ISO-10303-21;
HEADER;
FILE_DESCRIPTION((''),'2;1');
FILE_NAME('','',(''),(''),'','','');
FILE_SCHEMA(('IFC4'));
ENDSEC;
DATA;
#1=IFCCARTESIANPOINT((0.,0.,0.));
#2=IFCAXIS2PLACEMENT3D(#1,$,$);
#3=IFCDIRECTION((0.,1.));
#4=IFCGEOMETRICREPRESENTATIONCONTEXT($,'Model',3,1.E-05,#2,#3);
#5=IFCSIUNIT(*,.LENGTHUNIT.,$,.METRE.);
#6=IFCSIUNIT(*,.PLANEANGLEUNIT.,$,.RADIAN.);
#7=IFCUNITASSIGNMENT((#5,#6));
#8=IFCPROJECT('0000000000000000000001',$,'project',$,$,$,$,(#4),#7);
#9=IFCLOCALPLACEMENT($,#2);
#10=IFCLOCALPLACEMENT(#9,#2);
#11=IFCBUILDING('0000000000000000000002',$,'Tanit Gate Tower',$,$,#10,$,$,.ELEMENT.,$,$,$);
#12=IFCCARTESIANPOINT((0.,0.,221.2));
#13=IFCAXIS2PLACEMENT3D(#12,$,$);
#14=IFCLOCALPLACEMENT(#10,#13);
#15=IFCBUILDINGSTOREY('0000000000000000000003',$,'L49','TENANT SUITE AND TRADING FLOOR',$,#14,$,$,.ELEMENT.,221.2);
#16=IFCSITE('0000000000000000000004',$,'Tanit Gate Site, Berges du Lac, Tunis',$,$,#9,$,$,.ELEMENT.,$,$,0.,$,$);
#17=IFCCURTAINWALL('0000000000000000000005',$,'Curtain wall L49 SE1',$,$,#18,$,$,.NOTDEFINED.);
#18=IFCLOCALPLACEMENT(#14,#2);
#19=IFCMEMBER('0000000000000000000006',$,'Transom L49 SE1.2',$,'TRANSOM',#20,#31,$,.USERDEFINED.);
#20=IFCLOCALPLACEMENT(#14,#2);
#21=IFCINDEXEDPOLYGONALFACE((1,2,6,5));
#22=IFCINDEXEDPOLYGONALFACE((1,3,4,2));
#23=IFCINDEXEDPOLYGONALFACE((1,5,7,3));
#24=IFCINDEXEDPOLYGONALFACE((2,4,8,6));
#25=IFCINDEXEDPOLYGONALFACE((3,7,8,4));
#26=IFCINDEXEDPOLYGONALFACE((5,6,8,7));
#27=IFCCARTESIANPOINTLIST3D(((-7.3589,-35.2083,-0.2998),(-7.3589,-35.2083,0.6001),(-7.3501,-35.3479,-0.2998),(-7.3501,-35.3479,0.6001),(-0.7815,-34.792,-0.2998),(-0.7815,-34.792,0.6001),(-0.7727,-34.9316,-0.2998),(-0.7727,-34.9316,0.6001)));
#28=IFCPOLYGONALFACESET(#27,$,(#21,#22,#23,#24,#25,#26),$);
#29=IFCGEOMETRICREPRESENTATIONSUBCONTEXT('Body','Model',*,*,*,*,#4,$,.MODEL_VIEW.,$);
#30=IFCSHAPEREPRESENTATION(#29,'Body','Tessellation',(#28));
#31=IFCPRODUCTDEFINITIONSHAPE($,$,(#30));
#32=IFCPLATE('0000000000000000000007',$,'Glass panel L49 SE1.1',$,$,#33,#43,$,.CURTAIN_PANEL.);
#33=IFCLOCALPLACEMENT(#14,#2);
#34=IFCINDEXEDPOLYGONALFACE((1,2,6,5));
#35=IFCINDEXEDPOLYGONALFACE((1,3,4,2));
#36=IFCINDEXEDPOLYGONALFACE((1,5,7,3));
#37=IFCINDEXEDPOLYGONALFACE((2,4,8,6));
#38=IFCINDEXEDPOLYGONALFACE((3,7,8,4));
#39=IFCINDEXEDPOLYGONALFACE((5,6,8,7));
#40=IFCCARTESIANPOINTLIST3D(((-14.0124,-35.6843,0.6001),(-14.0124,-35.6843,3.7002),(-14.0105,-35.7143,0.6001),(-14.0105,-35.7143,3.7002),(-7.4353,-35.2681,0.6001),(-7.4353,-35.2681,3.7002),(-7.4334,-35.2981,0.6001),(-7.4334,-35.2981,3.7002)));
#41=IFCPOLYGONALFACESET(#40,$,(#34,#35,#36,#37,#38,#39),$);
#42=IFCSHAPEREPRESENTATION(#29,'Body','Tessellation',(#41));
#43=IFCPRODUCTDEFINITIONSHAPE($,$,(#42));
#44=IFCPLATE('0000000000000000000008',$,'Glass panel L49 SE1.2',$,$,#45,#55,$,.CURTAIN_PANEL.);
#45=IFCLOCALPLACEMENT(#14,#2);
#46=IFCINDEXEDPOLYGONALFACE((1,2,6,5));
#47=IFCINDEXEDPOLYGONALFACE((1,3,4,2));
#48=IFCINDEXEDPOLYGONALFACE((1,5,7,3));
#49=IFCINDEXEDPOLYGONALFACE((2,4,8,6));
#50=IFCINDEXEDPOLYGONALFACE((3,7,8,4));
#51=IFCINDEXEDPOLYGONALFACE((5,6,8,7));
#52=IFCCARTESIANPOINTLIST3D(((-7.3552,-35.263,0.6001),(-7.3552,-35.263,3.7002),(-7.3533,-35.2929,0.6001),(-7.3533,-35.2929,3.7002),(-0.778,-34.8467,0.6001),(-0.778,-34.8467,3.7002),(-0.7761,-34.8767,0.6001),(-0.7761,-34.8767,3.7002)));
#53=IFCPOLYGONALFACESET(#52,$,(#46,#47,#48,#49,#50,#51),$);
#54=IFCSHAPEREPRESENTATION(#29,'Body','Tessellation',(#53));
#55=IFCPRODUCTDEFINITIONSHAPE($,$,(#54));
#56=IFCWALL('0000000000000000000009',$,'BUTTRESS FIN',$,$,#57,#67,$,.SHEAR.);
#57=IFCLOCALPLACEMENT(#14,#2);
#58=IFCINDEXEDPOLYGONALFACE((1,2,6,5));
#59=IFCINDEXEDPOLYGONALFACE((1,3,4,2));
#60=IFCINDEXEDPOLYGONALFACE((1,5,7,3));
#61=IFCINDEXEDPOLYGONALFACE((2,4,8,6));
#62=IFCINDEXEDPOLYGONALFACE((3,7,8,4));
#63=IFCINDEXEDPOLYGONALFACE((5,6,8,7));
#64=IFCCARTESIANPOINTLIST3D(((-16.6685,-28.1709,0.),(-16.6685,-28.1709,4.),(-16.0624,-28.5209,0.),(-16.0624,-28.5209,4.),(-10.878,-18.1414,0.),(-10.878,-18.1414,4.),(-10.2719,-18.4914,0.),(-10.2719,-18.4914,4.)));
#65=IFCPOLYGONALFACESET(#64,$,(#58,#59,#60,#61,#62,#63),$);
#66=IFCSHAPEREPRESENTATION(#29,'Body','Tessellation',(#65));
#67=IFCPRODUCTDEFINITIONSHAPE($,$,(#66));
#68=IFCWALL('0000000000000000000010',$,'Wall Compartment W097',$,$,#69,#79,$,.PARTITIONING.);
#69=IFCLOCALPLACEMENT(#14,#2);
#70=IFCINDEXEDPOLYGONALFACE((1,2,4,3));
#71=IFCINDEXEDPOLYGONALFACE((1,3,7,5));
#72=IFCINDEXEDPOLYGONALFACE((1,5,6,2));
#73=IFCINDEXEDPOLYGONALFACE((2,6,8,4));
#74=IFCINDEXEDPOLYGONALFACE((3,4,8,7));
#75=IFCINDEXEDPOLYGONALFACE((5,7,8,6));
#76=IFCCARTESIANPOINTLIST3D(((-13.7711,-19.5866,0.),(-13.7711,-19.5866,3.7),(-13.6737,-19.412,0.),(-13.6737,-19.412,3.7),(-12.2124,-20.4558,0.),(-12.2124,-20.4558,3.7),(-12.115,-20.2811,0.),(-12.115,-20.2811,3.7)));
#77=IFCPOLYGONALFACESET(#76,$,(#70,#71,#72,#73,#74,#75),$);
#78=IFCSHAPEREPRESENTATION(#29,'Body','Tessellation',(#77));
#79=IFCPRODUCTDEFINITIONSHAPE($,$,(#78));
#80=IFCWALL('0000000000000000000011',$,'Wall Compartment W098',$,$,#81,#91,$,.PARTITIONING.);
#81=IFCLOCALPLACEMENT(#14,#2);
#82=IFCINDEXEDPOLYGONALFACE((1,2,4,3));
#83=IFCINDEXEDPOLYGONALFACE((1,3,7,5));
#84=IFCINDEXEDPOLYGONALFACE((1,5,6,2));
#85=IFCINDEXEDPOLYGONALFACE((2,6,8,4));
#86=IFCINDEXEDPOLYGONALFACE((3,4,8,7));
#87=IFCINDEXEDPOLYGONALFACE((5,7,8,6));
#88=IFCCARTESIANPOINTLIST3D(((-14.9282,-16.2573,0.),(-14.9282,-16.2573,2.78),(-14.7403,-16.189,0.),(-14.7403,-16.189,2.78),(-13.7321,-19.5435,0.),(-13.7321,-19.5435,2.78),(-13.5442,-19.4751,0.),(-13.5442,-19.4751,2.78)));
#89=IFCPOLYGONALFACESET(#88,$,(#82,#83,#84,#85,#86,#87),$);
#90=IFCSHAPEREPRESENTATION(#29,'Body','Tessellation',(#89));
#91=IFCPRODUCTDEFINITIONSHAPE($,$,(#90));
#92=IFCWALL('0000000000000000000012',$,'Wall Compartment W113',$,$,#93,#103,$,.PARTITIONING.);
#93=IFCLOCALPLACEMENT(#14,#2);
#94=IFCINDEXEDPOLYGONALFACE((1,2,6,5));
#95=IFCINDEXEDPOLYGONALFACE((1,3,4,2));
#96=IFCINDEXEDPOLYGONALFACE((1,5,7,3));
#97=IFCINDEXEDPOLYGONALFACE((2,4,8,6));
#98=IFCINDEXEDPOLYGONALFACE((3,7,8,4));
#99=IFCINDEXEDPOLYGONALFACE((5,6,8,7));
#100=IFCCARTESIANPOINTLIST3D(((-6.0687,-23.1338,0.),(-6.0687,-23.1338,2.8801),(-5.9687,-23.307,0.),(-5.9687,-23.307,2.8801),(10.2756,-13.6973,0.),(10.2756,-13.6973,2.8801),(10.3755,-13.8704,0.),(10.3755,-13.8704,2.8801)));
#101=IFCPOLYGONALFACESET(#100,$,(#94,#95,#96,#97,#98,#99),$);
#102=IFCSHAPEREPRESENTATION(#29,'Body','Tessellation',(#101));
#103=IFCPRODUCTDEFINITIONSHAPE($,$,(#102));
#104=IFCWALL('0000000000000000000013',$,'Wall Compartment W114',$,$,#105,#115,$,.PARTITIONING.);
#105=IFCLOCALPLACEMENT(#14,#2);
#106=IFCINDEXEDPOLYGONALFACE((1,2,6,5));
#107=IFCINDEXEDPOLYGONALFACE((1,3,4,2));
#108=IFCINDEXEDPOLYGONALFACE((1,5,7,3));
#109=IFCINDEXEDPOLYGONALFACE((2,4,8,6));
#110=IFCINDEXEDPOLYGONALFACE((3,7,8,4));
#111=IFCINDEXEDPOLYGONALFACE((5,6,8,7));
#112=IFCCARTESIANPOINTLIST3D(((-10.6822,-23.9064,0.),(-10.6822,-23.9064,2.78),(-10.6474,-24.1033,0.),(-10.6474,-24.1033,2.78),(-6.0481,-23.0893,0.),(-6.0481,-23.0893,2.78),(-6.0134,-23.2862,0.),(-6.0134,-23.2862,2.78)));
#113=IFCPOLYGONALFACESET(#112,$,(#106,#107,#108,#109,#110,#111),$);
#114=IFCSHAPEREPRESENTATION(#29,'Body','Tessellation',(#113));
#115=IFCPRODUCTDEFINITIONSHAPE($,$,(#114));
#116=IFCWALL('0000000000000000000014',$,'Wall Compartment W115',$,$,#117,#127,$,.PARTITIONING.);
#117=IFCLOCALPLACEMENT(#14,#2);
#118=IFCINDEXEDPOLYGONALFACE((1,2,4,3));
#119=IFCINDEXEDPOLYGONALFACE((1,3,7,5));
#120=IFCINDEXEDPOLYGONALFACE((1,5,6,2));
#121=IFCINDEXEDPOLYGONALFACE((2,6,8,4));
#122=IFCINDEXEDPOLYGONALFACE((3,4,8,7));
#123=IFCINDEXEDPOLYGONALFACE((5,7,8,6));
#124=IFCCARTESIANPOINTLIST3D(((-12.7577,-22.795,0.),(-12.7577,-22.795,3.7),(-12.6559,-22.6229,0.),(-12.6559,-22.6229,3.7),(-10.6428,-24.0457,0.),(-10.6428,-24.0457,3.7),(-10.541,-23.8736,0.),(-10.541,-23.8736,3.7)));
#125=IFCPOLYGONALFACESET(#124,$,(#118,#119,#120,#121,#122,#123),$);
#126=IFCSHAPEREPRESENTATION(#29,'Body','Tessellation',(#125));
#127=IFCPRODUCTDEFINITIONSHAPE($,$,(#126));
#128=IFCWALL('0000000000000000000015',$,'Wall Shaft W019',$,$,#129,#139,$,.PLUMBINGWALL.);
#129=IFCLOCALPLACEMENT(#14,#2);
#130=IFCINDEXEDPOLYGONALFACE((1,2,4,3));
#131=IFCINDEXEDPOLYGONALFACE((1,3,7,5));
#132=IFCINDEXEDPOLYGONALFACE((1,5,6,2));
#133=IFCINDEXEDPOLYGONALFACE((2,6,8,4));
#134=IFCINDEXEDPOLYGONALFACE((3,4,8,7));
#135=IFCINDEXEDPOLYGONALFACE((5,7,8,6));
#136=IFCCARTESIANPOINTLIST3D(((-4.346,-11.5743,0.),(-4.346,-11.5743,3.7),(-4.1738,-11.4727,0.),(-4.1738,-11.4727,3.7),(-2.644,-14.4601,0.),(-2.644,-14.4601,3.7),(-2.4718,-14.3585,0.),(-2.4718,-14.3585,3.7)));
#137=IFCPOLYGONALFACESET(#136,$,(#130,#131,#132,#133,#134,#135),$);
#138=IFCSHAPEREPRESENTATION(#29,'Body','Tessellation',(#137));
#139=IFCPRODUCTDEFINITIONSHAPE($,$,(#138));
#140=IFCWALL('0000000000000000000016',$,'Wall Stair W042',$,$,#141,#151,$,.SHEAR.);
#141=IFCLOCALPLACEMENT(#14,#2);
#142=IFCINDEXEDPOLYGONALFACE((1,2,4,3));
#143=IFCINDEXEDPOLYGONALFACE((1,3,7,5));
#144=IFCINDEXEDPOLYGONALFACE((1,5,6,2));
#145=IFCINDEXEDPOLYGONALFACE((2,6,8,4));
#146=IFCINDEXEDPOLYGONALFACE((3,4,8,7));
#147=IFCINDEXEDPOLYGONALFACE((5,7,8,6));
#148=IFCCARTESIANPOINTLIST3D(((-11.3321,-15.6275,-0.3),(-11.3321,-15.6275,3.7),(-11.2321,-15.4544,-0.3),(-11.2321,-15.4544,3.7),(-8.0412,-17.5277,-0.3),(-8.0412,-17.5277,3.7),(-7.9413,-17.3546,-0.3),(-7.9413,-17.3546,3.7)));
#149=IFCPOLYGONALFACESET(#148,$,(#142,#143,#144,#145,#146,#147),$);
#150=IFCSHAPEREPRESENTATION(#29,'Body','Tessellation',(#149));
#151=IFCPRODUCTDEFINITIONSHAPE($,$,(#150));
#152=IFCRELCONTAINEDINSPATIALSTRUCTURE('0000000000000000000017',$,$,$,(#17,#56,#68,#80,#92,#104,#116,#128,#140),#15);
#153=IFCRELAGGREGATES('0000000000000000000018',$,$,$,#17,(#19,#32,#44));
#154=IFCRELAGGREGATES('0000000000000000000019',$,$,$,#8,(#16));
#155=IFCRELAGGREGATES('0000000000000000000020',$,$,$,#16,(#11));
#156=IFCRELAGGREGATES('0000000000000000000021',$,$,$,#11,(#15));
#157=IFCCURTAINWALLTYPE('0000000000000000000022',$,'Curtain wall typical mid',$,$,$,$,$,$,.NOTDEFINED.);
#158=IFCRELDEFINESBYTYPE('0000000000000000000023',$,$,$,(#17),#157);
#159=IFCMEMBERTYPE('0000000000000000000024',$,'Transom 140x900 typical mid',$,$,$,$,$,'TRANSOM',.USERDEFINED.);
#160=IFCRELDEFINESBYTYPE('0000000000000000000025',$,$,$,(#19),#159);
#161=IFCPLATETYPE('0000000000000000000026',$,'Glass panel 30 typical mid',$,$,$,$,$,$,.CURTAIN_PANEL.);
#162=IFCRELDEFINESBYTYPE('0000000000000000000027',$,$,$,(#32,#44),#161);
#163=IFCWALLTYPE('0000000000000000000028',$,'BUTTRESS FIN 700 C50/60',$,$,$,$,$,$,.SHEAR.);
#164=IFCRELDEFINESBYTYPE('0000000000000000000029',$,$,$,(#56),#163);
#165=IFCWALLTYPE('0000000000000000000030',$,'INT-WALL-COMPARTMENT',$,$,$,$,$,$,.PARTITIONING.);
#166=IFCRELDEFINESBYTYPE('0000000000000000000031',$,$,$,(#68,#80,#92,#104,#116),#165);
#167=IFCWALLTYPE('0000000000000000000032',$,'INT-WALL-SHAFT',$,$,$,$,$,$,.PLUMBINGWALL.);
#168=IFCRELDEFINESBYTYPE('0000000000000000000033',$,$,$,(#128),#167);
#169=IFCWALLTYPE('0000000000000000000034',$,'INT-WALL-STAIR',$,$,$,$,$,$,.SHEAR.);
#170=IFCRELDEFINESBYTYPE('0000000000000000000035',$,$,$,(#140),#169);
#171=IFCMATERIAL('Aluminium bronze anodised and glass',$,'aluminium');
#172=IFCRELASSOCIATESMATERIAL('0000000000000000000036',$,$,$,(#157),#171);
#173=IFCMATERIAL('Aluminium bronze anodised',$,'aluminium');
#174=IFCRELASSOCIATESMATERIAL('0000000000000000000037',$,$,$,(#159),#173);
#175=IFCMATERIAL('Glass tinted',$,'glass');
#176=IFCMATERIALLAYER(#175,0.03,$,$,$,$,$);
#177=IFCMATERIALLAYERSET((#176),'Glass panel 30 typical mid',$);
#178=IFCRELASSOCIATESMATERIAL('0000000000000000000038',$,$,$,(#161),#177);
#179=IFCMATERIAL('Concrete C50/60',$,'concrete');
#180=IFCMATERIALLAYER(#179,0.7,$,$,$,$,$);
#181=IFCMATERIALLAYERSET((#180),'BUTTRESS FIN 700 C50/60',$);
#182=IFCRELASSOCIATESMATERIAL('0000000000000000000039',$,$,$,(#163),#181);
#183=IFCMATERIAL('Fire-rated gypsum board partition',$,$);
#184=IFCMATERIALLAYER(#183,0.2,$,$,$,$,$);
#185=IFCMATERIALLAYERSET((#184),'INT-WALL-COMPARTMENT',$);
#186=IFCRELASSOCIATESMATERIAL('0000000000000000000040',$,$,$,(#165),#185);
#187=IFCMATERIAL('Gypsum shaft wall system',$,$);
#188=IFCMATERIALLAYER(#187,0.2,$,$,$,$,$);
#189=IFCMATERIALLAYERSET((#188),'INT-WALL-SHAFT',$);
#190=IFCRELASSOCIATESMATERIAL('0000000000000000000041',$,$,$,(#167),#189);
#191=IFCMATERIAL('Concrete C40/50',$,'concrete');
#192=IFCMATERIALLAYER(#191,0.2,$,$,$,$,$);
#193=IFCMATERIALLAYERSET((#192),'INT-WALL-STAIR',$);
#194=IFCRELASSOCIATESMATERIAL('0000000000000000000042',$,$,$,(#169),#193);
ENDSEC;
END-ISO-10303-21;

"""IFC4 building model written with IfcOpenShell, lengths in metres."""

from ifc_helpers import new_model, si_unit, direction, frame, frame_2d, origin, origin_2d, place, context, subcontext, project, spatial, rectangle, extrude, material, layer, layer_set, material_profile, profile_set, type_object, element, aggregate, save


model = new_model("IFC4")

# Units and contexts
model_context = context("Model", 3, precision=1e-05, world=origin(), true_north=direction((0.0, 1.0)))
body_context = subcontext(model_context, "Body", "Model", "MODEL_VIEW")
ifc_project = project(units=[si_unit("LENGTHUNIT", "METRE"), si_unit("PLANEANGLEUNIT", "RADIAN")], contexts=[model_context])

# Site, building, storey
site_placement = place(None, origin())
site = spatial("IfcSite", under=ifc_project, at=site_placement, Name="Tanit Gate Site, Berges du Lac, Tunis", CompositionType="ELEMENT", RefElevation=0.0)
building_placement = place(site_placement, origin())
building = spatial("IfcBuilding", under=site, at=building_placement, Name="Tanit Gate Tower", CompositionType="ELEMENT")
storey_placement = place(building_placement, frame((0.0, 0.0, 221.2)))
storey = spatial("IfcBuildingStorey", under=building, at=storey_placement, Name="L49", Description="TENANT SUITE AND TRADING FLOOR", CompositionType="ELEMENT", Elevation=221.2)

# Curtain wall
ifc_material_1 = material(Name="Aluminium bronze anodised and glass", Category="aluminium")
curtain_wall_type = type_object("IfcCurtainWallType", Name="Curtain wall typical mid", PredefinedType="NOTDEFINED", material=ifc_material_1)
curtain_wall_placement = place(storey_placement, origin())
curtain_wall = element("IfcCurtainWall", 1, at=curtain_wall_placement, inside=storey, type_object=curtain_wall_type, Name="Curtain wall L49 SE1", PredefinedType="NOTDEFINED")

# Member
ifc_material_2 = material(Name="Aluminium bronze anodised", Category="aluminium")
ifc_material_profile_1 = material_profile(ifc_material_2, rectangle(XDim=0.1399, YDim=0.8999, at=origin_2d()), Name="140x900 bronze transom")
ifc_profile_set_1 = profile_set([ifc_material_profile_1], Name="Aluminium bronze anodised")
member_type_1 = type_object("IfcMemberType", Name="Transom 140x900 typical mid", ElementType="TRANSOM", PredefinedType="USERDEFINED", material=ifc_profile_set_1)
member_1_placement = place(storey_placement, frame((-7.3545, -35.2781, 0.1501), z_axis=(0.998003, 0.06316, 0.0), x_axis=(-0.06316, 0.998003, 0.0)))
member_1 = element("IfcMember", 2, at=member_1_placement, type_object=member_type_1, Name="Transom L49 SE1.2", ObjectType="TRANSOM", PredefinedType="USERDEFINED", context=body_context, shape_type="SweptSolid", body=[
    extrude(rectangle(XDim=0.1399, YDim=0.8999, at=origin_2d()), origin(), (0.0, 0.0, 1.0), 6.5906),
])

# Plates
ifc_material_3 = material(Name="Glass tinted", Category="glass")
ifc_layer_1 = layer(ifc_material_3, 0.03)
ifc_layer_set_1 = layer_set([ifc_layer_1], Name="Glass panel 30 typical mid")
plate_type = type_object("IfcPlateType", Name="Glass panel 30 typical mid", PredefinedType="CURTAIN_PANEL", material=ifc_layer_set_1)
plate_1_placement = place(storey_placement, frame((-10.7229, -35.4912, 0.6001), z_axis=(0.0, 0.0, 1.0), x_axis=(0.998003, 0.063159, 0.0)))
plate_1 = element("IfcPlate", 3, at=plate_1_placement, type_object=plate_type, Name="Glass panel L49 SE1.1", PredefinedType="CURTAIN_PANEL", context=body_context, shape_type="SweptSolid", body=[
    extrude(rectangle(XDim=6.5903, YDim=0.03, at=origin_2d()), origin(), (0.0, 0.0, 1.0), 3.1001),
])
plate_2_placement = place(storey_placement, frame((-4.0657, -35.0698, 0.6001), z_axis=(0.0, 0.0, 1.0), x_axis=(0.998003, 0.063159, 0.0)))
plate_2 = element("IfcPlate", 4, at=plate_2_placement, type_object=plate_type, Name="Glass panel L49 SE1.2", PredefinedType="CURTAIN_PANEL", context=body_context, shape_type="SweptSolid", body=[
    extrude(rectangle(XDim=6.5903, YDim=0.03, at=origin_2d()), origin(), (0.0, 0.0, 1.0), 3.1001),
])
aggregate(curtain_wall, [member_1, plate_1, plate_2])

# Wall
ifc_material_4 = material(Name="Concrete C50/60", Category="concrete")
ifc_layer_2 = layer(ifc_material_4, 0.7)
ifc_layer_set_2 = layer_set([ifc_layer_2], Name="BUTTRESS FIN 700 C50/60")
wall_type_1 = type_object("IfcWallType", Name="BUTTRESS FIN 700 C50/60", PredefinedType="SHEAR", material=ifc_layer_set_2)
wall_1_placement = place(storey_placement, frame((-10.575, -18.3164, 0.0), z_axis=(0.0, 0.0, 1.0), x_axis=(-0.499998, -0.866027, 0.0)))
element("IfcWall", 5, at=wall_1_placement, inside=storey, type_object=wall_type_1, Name="BUTTRESS FIN", PredefinedType="SHEAR", context=body_context, shape_type="SweptSolid", body=[
    extrude(rectangle(XDim=11.5811, YDim=0.7, at=frame_2d((5.7905, 0.0))), origin(), (0.0, 0.0, 1.0), 4.0),
])

# Walls
ifc_material_5 = material(Name="Fire-rated gypsum board partition")
ifc_layer_3 = layer(ifc_material_5, 0.2)
ifc_layer_set_3 = layer_set([ifc_layer_3], Name="INT-WALL-COMPARTMENT")
wall_type_2 = type_object("IfcWallType", Name="INT-WALL-COMPARTMENT", PredefinedType="PARTITIONING", material=ifc_layer_set_3)
wall_2_placement = place(storey_placement, frame((-13.7224, -19.4993, 0.0), z_axis=(0.0, 0.0, 1.0), x_axis=(0.873382, -0.487036, 0.0)))
element("IfcWall", 6, at=wall_2_placement, inside=storey, type_object=wall_type_2, Name="Wall Compartment W097", PredefinedType="PARTITIONING", context=body_context, shape_type="SweptSolid", body=[
    extrude(rectangle(XDim=1.7847, YDim=0.2, at=frame_2d((0.8923, 0.0))), origin(), (0.0, 0.0, 1.0), 3.7),
])
wall_3_placement = place(storey_placement, frame((-14.8342, -16.2231, 0.0), z_axis=(0.0, 0.0, 1.0), x_axis=(0.342018, -0.939694, 0.0)))
element("IfcWall", 7, at=wall_3_placement, inside=storey, type_object=wall_type_2, Name="Wall Compartment W098", PredefinedType="PARTITIONING", context=body_context, shape_type="SweptSolid", body=[
    extrude(rectangle(XDim=3.4971, YDim=0.2, at=frame_2d((1.7485, 0.0))), origin(), (0.0, 0.0, 1.0), 2.78),
])
wall_4_placement = place(storey_placement, frame((-6.0188, -23.2205, 0.0), z_axis=(0.0, 0.0, 1.0), x_axis=(0.866021, 0.500007, 0.0)))
element("IfcWall", 8, at=wall_4_placement, inside=storey, type_object=wall_type_2, Name="Wall Compartment W113", PredefinedType="PARTITIONING", context=body_context, shape_type="SweptSolid", body=[
    extrude(rectangle(XDim=18.8728, YDim=0.2, at=frame_2d((9.4365, 0.0))), origin(), (0.0, 0.0, 1.0), 2.8801),
])
wall_5_placement = place(storey_placement, frame((-10.6648, -24.0049, 0.0), z_axis=(0.0, 0.0, 1.0), x_axis=(0.984807, 0.173655, 0.0)))
element("IfcWall", 9, at=wall_5_placement, inside=storey, type_object=wall_type_2, Name="Wall Compartment W114", PredefinedType="PARTITIONING", context=body_context, shape_type="SweptSolid", body=[
    extrude(rectangle(XDim=4.7056, YDim=0.2, at=frame_2d((2.3528, 0.0))), origin(), (0.0, 0.0, 1.0), 2.78),
])
wall_6_placement = place(storey_placement, frame((-12.7068, -22.709, 0.0), z_axis=(0.0, 0.0, 1.0), x_axis=(0.860754, -0.509021, 0.0)))
element("IfcWall", 10, at=wall_6_placement, inside=storey, type_object=wall_type_2, Name="Wall Compartment W115", PredefinedType="PARTITIONING", context=body_context, shape_type="SweptSolid", body=[
    extrude(rectangle(XDim=2.457, YDim=0.2, at=frame_2d((1.2285, 0.0))), origin(), (0.0, 0.0, 1.0), 3.7),
])
ifc_material_6 = material(Name="Gypsum shaft wall system")
ifc_layer_4 = layer(ifc_material_6, 0.2)
ifc_layer_set_4 = layer_set([ifc_layer_4], Name="INT-WALL-SHAFT")
wall_type_3 = type_object("IfcWallType", Name="INT-WALL-SHAFT", PredefinedType="PLUMBINGWALL", material=ifc_layer_set_4)
wall_7_placement = place(storey_placement, frame((-2.5579, -14.4094, 0.0), z_axis=(0.0, 0.0, 1.0), x_axis=(-0.507997, 0.861359, 0.0)))
element("IfcWall", 11, at=wall_7_placement, inside=storey, type_object=wall_type_3, Name="Wall Shaft W019", PredefinedType="PLUMBINGWALL", context=body_context, shape_type="SweptSolid", body=[
    extrude(rectangle(XDim=3.3503, YDim=0.2, at=frame_2d((1.6753, 0.0))), origin(), (0.0, 0.0, 1.0), 3.7),
])
ifc_material_7 = material(Name="Concrete C40/50", Category="concrete")
ifc_layer_5 = layer(ifc_material_7, 0.2)
ifc_layer_set_5 = layer_set([ifc_layer_5], Name="INT-WALL-STAIR")
wall_type_4 = type_object("IfcWallType", Name="INT-WALL-STAIR", PredefinedType="SHEAR", material=ifc_layer_set_5)
wall_8_placement = place(storey_placement, frame((-11.282, -15.541, -0.3), z_axis=(0.0, 0.0, 1.0), x_axis=(0.866, -0.500043, 0.0)))
element("IfcWall", 12, at=wall_8_placement, inside=storey, type_object=wall_type_4, Name="Wall Stair W042", PredefinedType="SHEAR", context=body_context, shape_type="SweptSolid", body=[
    extrude(rectangle(XDim=3.8, YDim=0.2, at=frame_2d((1.8999, 0.0))), origin(), (0.0, 0.0, 1.0), 4.0),
])

save(model, "model.ifc")
